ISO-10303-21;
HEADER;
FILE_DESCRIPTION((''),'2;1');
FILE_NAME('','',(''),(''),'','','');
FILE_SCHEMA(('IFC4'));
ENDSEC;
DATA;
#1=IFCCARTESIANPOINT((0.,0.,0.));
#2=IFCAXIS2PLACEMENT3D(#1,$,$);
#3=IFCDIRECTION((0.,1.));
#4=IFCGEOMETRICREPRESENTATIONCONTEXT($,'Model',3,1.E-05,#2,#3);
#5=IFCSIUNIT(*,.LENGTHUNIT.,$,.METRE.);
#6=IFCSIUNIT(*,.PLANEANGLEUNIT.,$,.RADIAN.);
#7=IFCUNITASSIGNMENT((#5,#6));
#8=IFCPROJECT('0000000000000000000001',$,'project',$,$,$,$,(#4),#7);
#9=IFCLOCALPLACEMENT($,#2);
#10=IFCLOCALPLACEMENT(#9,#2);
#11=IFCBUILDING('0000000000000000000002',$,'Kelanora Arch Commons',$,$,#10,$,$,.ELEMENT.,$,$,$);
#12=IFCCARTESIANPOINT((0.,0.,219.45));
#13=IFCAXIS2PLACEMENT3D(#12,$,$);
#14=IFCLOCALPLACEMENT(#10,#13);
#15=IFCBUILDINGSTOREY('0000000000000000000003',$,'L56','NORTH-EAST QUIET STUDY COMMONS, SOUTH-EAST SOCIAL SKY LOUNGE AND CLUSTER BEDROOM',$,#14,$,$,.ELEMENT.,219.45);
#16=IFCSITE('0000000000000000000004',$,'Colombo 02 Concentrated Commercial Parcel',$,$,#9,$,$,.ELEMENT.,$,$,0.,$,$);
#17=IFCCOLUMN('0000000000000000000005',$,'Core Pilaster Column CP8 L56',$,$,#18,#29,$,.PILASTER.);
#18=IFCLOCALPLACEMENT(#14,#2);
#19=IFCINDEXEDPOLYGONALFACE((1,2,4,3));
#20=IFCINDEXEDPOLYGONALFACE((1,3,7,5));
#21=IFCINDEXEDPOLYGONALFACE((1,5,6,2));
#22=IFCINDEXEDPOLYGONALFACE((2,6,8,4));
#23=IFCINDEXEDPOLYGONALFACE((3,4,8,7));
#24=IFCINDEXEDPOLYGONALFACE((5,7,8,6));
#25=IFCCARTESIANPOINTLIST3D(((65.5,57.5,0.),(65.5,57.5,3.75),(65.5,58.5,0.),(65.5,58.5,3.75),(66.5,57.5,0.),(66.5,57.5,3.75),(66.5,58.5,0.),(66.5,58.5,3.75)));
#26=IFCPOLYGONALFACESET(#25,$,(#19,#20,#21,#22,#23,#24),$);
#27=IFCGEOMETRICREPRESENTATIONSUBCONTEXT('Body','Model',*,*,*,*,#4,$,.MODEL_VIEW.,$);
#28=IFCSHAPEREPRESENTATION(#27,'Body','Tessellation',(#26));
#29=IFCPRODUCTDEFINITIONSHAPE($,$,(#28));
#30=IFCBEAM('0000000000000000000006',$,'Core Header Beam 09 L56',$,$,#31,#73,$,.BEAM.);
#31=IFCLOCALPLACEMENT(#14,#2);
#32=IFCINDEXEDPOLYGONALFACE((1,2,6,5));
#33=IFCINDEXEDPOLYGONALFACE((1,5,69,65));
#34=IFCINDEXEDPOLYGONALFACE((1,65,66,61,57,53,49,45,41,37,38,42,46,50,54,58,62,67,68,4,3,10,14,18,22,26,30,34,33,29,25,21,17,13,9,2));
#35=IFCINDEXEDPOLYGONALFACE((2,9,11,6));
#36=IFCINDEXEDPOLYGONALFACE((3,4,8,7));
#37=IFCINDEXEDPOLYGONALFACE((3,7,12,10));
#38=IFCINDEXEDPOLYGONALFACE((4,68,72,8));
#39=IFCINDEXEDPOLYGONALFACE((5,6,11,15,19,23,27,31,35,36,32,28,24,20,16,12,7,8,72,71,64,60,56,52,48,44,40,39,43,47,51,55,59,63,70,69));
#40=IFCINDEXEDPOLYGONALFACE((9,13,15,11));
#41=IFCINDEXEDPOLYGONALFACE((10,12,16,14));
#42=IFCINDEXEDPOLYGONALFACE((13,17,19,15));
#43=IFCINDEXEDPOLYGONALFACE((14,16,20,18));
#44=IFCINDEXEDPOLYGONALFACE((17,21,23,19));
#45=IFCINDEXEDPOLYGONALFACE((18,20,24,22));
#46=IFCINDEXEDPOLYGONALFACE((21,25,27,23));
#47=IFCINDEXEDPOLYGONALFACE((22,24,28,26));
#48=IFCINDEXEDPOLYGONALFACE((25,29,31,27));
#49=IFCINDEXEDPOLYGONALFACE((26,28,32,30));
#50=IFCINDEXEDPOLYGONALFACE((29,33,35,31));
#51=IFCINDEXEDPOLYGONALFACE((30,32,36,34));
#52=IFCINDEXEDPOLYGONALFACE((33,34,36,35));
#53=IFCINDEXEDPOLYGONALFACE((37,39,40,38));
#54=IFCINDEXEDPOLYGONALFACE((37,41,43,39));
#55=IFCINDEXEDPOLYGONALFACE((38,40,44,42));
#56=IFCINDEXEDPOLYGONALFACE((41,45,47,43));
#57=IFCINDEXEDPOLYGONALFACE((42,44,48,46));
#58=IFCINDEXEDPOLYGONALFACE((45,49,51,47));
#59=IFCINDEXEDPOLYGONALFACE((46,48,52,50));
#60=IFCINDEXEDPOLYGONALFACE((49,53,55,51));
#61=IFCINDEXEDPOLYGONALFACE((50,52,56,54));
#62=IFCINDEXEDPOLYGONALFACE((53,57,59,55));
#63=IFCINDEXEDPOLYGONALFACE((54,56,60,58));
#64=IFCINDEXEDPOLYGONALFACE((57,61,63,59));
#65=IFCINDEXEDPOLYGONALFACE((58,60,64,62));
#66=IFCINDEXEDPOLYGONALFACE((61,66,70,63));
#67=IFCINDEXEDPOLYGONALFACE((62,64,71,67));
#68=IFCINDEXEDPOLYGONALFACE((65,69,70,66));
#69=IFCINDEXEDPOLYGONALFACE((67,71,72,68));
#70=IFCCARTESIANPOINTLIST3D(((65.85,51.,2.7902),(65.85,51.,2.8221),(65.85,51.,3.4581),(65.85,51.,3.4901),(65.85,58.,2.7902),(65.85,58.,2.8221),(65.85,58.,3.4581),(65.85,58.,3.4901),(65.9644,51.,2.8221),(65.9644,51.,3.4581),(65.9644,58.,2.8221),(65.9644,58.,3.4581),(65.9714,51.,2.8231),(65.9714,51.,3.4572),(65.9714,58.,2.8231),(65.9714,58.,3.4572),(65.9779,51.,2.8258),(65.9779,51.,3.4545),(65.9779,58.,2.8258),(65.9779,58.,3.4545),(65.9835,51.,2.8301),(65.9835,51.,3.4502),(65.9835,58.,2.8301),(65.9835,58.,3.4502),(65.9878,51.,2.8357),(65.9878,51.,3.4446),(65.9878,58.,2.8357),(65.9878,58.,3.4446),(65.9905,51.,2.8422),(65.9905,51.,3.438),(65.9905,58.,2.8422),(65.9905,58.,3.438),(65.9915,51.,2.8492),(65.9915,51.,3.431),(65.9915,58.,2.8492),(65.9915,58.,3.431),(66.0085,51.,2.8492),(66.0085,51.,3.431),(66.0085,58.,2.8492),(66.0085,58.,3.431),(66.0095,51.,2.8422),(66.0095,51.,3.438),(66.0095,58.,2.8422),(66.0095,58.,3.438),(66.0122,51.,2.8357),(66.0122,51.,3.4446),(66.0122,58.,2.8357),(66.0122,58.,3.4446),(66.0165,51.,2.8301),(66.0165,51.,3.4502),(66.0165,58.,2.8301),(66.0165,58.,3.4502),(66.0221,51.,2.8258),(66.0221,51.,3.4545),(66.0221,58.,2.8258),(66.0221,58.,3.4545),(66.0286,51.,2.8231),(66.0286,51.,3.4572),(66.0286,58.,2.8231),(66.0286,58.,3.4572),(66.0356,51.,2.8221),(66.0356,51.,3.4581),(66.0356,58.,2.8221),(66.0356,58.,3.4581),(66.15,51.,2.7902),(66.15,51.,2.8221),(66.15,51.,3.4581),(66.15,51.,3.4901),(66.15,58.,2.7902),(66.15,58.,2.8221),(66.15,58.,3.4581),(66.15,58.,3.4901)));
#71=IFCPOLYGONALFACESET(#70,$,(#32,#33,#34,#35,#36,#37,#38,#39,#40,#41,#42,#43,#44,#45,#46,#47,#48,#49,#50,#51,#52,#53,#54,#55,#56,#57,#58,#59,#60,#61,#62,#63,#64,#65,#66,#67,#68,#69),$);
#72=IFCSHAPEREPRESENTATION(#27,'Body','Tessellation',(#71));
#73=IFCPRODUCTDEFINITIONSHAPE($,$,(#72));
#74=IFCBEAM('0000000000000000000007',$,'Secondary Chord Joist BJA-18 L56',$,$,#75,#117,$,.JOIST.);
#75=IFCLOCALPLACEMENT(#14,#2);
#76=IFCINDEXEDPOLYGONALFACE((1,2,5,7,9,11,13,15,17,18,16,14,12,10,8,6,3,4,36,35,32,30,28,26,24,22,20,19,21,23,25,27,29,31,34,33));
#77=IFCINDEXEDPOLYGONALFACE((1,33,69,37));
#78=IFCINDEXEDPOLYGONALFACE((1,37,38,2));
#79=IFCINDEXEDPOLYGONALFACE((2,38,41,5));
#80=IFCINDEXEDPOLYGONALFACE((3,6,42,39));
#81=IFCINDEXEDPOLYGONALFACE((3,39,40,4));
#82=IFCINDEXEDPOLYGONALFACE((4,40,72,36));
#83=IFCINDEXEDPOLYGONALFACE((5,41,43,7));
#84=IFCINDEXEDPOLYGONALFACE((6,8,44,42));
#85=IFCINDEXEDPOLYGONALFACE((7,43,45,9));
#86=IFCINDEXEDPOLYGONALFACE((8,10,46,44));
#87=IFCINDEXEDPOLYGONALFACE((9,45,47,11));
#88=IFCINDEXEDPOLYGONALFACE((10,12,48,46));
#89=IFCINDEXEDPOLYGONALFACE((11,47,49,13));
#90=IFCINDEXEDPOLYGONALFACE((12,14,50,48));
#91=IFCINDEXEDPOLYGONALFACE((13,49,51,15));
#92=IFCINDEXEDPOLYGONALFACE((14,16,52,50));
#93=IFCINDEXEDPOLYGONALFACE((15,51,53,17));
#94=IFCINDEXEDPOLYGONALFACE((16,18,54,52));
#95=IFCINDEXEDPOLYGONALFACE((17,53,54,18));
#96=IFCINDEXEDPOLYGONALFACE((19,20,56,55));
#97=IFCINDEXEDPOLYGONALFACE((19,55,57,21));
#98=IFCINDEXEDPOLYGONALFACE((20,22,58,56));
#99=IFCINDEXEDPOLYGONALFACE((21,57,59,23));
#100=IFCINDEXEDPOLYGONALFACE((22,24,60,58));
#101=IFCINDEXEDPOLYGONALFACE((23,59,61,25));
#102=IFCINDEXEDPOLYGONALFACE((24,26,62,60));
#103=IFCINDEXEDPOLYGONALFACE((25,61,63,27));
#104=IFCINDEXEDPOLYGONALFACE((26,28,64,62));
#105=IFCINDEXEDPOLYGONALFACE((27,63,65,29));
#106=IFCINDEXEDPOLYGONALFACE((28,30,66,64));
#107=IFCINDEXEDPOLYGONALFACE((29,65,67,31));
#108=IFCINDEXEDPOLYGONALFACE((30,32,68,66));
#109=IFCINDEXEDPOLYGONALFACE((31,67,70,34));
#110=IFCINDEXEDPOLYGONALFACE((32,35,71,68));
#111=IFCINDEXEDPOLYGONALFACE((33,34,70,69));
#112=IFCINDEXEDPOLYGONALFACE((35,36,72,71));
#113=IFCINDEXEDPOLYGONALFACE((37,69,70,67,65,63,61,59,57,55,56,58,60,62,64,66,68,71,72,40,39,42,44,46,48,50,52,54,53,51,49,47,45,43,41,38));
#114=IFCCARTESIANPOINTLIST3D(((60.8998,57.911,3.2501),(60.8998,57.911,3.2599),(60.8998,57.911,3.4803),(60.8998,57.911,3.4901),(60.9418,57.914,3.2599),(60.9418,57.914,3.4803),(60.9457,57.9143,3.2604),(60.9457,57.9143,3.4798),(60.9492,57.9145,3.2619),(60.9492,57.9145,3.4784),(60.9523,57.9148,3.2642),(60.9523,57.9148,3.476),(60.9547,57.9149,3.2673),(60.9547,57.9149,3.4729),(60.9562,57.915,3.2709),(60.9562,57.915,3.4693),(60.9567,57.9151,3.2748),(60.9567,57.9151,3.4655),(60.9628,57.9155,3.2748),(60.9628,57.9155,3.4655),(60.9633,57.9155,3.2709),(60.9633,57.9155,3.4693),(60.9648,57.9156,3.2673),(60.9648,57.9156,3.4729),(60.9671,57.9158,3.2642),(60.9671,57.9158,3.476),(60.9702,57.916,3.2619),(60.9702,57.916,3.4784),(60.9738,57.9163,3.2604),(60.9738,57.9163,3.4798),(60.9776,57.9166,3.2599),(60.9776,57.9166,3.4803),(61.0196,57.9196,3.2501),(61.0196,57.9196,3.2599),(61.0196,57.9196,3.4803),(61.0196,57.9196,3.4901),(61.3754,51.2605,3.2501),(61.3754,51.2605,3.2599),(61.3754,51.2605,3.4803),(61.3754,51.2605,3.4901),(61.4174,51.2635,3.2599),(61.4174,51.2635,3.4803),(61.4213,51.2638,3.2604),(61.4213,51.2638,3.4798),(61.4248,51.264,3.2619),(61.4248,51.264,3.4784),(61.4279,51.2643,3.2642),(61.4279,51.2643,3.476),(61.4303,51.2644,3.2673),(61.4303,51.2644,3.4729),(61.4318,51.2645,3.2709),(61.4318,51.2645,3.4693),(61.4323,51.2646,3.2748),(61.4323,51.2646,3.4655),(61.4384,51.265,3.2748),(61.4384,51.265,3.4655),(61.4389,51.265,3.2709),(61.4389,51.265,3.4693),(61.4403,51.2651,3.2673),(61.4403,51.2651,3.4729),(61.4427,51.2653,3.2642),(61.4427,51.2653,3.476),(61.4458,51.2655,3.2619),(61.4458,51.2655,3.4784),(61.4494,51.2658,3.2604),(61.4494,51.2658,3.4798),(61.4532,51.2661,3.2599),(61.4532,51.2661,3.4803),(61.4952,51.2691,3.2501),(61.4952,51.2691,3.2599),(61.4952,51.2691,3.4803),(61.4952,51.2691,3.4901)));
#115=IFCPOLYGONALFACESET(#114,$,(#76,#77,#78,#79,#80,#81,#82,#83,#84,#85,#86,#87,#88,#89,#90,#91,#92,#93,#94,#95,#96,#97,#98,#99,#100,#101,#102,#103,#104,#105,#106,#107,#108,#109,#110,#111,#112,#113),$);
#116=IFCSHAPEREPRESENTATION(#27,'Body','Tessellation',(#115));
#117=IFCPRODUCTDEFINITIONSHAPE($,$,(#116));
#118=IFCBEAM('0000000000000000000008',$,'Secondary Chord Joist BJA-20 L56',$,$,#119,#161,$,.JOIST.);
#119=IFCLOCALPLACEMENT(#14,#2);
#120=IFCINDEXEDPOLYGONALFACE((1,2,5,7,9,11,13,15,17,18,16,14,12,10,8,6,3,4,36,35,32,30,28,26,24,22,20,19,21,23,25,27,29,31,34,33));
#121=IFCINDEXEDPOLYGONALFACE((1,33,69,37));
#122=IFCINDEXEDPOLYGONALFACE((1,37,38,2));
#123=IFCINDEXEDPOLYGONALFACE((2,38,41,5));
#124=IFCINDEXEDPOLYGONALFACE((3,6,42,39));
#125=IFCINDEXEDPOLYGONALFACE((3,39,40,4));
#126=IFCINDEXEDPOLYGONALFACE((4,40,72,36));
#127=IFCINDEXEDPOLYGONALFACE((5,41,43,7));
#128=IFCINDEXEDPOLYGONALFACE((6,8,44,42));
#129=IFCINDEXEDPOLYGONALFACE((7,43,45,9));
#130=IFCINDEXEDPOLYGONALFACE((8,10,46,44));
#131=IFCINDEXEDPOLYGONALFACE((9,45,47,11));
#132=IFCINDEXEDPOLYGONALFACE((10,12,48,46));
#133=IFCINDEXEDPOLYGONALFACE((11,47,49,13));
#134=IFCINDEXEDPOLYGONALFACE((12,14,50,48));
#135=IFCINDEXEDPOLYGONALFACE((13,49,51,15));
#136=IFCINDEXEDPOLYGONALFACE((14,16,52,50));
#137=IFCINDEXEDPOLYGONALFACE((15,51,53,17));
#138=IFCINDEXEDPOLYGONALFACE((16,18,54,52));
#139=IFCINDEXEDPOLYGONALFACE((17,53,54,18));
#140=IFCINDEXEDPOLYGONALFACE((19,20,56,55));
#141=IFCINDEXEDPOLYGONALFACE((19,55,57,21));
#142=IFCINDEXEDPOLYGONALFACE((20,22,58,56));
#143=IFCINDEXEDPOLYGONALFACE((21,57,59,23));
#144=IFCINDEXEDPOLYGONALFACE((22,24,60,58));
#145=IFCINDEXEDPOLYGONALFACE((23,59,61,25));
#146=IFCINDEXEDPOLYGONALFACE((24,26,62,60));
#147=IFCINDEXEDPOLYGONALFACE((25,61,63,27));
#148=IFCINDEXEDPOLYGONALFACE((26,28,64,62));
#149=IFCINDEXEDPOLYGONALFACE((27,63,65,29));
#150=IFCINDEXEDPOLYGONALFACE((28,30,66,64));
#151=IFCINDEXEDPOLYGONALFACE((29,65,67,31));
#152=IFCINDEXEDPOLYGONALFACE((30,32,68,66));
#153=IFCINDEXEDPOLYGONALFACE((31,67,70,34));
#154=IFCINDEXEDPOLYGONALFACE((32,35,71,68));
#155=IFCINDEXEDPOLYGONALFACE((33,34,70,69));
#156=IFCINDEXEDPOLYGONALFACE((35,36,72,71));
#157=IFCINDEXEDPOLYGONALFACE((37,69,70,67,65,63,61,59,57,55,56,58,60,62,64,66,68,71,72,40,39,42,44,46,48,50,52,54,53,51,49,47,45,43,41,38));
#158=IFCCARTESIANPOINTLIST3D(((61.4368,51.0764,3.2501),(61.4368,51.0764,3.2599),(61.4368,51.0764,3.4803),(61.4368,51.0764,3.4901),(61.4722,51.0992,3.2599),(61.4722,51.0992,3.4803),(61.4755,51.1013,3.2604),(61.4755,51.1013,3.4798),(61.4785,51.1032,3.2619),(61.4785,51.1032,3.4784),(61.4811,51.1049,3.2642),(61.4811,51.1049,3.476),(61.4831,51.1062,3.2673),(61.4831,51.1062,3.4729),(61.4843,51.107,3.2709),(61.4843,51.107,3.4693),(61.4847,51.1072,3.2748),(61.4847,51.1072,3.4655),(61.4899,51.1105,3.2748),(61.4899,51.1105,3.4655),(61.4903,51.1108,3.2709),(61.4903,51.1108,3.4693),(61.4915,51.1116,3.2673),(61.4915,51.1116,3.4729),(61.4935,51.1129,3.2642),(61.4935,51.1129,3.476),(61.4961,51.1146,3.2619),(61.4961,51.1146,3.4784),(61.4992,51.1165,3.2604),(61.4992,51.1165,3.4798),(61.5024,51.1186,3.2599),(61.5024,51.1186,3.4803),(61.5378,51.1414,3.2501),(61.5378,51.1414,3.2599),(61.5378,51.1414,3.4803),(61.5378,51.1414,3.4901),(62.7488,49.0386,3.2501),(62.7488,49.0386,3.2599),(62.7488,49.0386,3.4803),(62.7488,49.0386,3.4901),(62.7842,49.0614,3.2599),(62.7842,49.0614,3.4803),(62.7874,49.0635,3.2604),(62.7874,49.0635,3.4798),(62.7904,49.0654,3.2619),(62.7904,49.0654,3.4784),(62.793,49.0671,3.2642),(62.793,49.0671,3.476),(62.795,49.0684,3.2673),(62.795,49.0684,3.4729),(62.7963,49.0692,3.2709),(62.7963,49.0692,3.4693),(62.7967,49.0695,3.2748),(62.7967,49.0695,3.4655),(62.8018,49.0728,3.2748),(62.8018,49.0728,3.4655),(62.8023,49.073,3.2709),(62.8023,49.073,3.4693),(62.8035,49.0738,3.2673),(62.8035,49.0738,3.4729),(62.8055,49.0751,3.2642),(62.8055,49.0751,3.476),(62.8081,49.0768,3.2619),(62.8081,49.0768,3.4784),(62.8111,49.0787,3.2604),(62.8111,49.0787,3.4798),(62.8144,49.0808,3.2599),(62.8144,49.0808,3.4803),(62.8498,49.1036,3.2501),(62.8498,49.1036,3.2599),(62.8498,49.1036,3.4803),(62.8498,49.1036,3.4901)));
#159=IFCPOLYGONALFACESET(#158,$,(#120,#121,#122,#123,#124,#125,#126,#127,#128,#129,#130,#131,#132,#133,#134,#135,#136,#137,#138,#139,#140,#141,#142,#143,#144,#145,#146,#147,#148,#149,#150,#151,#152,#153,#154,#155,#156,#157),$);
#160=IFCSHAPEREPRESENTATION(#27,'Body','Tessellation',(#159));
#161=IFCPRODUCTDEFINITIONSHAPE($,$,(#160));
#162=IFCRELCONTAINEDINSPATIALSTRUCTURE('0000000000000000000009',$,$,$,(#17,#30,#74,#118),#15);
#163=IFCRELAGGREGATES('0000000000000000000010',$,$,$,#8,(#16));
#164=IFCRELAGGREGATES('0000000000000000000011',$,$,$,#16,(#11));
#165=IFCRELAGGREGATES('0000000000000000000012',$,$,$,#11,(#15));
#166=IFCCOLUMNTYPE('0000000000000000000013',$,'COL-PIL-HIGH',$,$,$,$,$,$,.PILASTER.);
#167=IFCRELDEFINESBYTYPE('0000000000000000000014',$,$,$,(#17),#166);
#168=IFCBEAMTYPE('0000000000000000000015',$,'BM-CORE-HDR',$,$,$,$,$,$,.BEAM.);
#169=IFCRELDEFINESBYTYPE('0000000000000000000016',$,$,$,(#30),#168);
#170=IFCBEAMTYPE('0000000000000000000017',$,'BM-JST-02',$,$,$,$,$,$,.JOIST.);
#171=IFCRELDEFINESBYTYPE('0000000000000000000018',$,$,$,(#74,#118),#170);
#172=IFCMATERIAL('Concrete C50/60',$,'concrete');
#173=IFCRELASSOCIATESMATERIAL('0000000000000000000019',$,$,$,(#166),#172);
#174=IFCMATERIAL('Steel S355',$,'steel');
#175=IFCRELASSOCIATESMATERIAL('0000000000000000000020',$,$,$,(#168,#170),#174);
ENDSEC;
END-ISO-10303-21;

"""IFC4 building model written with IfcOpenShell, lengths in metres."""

from ifc_helpers import new_model, si_unit, direction, frame, origin, origin_2d, place, context, subcontext, project, spatial, rectangle, i_section, extrude, material, material_profile, profile_set, type_object, element, save


model = new_model("IFC4")

# Units and contexts
model_context = context("Model", 3, precision=1e-05, world=origin(), true_north=direction((0.0, 1.0)))
body_context = subcontext(model_context, "Body", "Model", "MODEL_VIEW")
ifc_project = project(units=[si_unit("LENGTHUNIT", "METRE"), si_unit("PLANEANGLEUNIT", "RADIAN")], contexts=[model_context])

# Site, building, storey
site_placement = place(None, origin())
site = spatial("IfcSite", under=ifc_project, at=site_placement, Name="Colombo 02 Concentrated Commercial Parcel", CompositionType="ELEMENT", RefElevation=0.0)
building_placement = place(site_placement, origin())
building = spatial("IfcBuilding", under=site, at=building_placement, Name="Kelanora Arch Commons", CompositionType="ELEMENT")
storey_placement = place(building_placement, frame((0.0, 0.0, 219.45)))
storey = spatial("IfcBuildingStorey", under=building, at=storey_placement, Name="L56", Description="NORTH-EAST QUIET STUDY COMMONS, SOUTH-EAST SOCIAL SKY LOUNGE AND CLUSTER BEDROOM", CompositionType="ELEMENT", Elevation=219.45)

# Column
ifc_material_1 = material(Name="Concrete C50/60", Category="concrete")
ifc_material_profile_1 = material_profile(ifc_material_1, rectangle(XDim=1.0, YDim=1.0, at=origin_2d()), Name="RC1000x1000")
ifc_profile_set_1 = profile_set([ifc_material_profile_1], Name="Concrete C50/60")
column_type = type_object("IfcColumnType", Name="COL-PIL-HIGH", PredefinedType="PILASTER", material=ifc_profile_set_1)
column_placement = place(storey_placement, frame((66.0, 58.0, 0.0), z_axis=(0.0, 0.0, 1.0), x_axis=(1.0, 0.0, 0.0)))
element("IfcColumn", 1, at=column_placement, inside=storey, type_object=column_type, Name="Core Pilaster Column CP8 L56", PredefinedType="PILASTER", context=body_context, shape_type="SweptSolid", body=[
    extrude(rectangle(XDim=1.0, YDim=1.0, at=origin_2d()), origin(), (0.0, 0.0, 1.0), 3.75),
])

# Beams
ifc_material_2 = material(Name="Steel S355", Category="steel")
ifc_material_profile_2 = material_profile(ifc_material_2, i_section(OverallWidth=0.3, OverallDepth=0.7, WebThickness=0.0171, FlangeThickness=0.032, FilletRadius=0.0271, at=origin_2d()), Name="HEB700")
ifc_profile_set_2 = profile_set([ifc_material_profile_2], Name="Steel S355")
beam_type_1 = type_object("IfcBeamType", Name="BM-CORE-HDR", PredefinedType="BEAM", material=ifc_profile_set_2)
beam_1_placement = place(storey_placement, frame((66.0, 58.0, 3.1401), z_axis=(0.0, -1.0, 0.0), x_axis=(1.0, 0.0, 0.0)))
element("IfcBeam", 2, at=beam_1_placement, inside=storey, type_object=beam_type_1, Name="Core Header Beam 09 L56", PredefinedType="BEAM", context=body_context, shape_type="SweptSolid", body=[
    extrude(i_section(OverallWidth=0.3, OverallDepth=0.7, WebThickness=0.0171, FlangeThickness=0.032, FilletRadius=0.0271, at=origin_2d()), origin(), (0.0, 0.0, 1.0), 7.0),
])
ifc_material_profile_3 = material_profile(ifc_material_2, i_section(OverallWidth=0.1201, OverallDepth=0.24, WebThickness=0.0061, FlangeThickness=0.0098, FilletRadius=0.0149, at=origin_2d()), Name="IPE240")
ifc_profile_set_3 = profile_set([ifc_material_profile_3], Name="Steel S355")
beam_type_2 = type_object("IfcBeamType", Name="BM-JST-02", PredefinedType="JOIST", material=ifc_profile_set_3)
beam_2_placement = place(storey_placement, frame((60.9597, 57.9153, 3.3701), z_axis=(0.07133, -0.997453, 0.0), x_axis=(0.997453, 0.07133, 0.0)))
element("IfcBeam", 3, at=beam_2_placement, inside=storey, type_object=beam_type_2, Name="Secondary Chord Joist BJA-18 L56", PredefinedType="JOIST", context=body_context, shape_type="SweptSolid", body=[
    extrude(i_section(OverallWidth=0.1201, OverallDepth=0.24, WebThickness=0.0061, FlangeThickness=0.0098, FilletRadius=0.0149, at=origin_2d()), origin(), (0.0, 0.0, 1.0), 6.6675),
])
beam_3_placement = place(storey_placement, frame((61.4873, 51.1089, 3.3701), z_axis=(0.541333, -0.840808, 0.0), x_axis=(0.840808, 0.541333, 0.0)))
element("IfcBeam", 4, at=beam_3_placement, inside=storey, type_object=beam_type_2, Name="Secondary Chord Joist BJA-20 L56", PredefinedType="JOIST", context=body_context, shape_type="SweptSolid", body=[
    extrude(i_section(OverallWidth=0.1201, OverallDepth=0.24, WebThickness=0.0061, FlangeThickness=0.0098, FilletRadius=0.0149, at=origin_2d()), origin(), (0.0, 0.0, 1.0), 2.4236),
])

save(model, "model.ifc")
